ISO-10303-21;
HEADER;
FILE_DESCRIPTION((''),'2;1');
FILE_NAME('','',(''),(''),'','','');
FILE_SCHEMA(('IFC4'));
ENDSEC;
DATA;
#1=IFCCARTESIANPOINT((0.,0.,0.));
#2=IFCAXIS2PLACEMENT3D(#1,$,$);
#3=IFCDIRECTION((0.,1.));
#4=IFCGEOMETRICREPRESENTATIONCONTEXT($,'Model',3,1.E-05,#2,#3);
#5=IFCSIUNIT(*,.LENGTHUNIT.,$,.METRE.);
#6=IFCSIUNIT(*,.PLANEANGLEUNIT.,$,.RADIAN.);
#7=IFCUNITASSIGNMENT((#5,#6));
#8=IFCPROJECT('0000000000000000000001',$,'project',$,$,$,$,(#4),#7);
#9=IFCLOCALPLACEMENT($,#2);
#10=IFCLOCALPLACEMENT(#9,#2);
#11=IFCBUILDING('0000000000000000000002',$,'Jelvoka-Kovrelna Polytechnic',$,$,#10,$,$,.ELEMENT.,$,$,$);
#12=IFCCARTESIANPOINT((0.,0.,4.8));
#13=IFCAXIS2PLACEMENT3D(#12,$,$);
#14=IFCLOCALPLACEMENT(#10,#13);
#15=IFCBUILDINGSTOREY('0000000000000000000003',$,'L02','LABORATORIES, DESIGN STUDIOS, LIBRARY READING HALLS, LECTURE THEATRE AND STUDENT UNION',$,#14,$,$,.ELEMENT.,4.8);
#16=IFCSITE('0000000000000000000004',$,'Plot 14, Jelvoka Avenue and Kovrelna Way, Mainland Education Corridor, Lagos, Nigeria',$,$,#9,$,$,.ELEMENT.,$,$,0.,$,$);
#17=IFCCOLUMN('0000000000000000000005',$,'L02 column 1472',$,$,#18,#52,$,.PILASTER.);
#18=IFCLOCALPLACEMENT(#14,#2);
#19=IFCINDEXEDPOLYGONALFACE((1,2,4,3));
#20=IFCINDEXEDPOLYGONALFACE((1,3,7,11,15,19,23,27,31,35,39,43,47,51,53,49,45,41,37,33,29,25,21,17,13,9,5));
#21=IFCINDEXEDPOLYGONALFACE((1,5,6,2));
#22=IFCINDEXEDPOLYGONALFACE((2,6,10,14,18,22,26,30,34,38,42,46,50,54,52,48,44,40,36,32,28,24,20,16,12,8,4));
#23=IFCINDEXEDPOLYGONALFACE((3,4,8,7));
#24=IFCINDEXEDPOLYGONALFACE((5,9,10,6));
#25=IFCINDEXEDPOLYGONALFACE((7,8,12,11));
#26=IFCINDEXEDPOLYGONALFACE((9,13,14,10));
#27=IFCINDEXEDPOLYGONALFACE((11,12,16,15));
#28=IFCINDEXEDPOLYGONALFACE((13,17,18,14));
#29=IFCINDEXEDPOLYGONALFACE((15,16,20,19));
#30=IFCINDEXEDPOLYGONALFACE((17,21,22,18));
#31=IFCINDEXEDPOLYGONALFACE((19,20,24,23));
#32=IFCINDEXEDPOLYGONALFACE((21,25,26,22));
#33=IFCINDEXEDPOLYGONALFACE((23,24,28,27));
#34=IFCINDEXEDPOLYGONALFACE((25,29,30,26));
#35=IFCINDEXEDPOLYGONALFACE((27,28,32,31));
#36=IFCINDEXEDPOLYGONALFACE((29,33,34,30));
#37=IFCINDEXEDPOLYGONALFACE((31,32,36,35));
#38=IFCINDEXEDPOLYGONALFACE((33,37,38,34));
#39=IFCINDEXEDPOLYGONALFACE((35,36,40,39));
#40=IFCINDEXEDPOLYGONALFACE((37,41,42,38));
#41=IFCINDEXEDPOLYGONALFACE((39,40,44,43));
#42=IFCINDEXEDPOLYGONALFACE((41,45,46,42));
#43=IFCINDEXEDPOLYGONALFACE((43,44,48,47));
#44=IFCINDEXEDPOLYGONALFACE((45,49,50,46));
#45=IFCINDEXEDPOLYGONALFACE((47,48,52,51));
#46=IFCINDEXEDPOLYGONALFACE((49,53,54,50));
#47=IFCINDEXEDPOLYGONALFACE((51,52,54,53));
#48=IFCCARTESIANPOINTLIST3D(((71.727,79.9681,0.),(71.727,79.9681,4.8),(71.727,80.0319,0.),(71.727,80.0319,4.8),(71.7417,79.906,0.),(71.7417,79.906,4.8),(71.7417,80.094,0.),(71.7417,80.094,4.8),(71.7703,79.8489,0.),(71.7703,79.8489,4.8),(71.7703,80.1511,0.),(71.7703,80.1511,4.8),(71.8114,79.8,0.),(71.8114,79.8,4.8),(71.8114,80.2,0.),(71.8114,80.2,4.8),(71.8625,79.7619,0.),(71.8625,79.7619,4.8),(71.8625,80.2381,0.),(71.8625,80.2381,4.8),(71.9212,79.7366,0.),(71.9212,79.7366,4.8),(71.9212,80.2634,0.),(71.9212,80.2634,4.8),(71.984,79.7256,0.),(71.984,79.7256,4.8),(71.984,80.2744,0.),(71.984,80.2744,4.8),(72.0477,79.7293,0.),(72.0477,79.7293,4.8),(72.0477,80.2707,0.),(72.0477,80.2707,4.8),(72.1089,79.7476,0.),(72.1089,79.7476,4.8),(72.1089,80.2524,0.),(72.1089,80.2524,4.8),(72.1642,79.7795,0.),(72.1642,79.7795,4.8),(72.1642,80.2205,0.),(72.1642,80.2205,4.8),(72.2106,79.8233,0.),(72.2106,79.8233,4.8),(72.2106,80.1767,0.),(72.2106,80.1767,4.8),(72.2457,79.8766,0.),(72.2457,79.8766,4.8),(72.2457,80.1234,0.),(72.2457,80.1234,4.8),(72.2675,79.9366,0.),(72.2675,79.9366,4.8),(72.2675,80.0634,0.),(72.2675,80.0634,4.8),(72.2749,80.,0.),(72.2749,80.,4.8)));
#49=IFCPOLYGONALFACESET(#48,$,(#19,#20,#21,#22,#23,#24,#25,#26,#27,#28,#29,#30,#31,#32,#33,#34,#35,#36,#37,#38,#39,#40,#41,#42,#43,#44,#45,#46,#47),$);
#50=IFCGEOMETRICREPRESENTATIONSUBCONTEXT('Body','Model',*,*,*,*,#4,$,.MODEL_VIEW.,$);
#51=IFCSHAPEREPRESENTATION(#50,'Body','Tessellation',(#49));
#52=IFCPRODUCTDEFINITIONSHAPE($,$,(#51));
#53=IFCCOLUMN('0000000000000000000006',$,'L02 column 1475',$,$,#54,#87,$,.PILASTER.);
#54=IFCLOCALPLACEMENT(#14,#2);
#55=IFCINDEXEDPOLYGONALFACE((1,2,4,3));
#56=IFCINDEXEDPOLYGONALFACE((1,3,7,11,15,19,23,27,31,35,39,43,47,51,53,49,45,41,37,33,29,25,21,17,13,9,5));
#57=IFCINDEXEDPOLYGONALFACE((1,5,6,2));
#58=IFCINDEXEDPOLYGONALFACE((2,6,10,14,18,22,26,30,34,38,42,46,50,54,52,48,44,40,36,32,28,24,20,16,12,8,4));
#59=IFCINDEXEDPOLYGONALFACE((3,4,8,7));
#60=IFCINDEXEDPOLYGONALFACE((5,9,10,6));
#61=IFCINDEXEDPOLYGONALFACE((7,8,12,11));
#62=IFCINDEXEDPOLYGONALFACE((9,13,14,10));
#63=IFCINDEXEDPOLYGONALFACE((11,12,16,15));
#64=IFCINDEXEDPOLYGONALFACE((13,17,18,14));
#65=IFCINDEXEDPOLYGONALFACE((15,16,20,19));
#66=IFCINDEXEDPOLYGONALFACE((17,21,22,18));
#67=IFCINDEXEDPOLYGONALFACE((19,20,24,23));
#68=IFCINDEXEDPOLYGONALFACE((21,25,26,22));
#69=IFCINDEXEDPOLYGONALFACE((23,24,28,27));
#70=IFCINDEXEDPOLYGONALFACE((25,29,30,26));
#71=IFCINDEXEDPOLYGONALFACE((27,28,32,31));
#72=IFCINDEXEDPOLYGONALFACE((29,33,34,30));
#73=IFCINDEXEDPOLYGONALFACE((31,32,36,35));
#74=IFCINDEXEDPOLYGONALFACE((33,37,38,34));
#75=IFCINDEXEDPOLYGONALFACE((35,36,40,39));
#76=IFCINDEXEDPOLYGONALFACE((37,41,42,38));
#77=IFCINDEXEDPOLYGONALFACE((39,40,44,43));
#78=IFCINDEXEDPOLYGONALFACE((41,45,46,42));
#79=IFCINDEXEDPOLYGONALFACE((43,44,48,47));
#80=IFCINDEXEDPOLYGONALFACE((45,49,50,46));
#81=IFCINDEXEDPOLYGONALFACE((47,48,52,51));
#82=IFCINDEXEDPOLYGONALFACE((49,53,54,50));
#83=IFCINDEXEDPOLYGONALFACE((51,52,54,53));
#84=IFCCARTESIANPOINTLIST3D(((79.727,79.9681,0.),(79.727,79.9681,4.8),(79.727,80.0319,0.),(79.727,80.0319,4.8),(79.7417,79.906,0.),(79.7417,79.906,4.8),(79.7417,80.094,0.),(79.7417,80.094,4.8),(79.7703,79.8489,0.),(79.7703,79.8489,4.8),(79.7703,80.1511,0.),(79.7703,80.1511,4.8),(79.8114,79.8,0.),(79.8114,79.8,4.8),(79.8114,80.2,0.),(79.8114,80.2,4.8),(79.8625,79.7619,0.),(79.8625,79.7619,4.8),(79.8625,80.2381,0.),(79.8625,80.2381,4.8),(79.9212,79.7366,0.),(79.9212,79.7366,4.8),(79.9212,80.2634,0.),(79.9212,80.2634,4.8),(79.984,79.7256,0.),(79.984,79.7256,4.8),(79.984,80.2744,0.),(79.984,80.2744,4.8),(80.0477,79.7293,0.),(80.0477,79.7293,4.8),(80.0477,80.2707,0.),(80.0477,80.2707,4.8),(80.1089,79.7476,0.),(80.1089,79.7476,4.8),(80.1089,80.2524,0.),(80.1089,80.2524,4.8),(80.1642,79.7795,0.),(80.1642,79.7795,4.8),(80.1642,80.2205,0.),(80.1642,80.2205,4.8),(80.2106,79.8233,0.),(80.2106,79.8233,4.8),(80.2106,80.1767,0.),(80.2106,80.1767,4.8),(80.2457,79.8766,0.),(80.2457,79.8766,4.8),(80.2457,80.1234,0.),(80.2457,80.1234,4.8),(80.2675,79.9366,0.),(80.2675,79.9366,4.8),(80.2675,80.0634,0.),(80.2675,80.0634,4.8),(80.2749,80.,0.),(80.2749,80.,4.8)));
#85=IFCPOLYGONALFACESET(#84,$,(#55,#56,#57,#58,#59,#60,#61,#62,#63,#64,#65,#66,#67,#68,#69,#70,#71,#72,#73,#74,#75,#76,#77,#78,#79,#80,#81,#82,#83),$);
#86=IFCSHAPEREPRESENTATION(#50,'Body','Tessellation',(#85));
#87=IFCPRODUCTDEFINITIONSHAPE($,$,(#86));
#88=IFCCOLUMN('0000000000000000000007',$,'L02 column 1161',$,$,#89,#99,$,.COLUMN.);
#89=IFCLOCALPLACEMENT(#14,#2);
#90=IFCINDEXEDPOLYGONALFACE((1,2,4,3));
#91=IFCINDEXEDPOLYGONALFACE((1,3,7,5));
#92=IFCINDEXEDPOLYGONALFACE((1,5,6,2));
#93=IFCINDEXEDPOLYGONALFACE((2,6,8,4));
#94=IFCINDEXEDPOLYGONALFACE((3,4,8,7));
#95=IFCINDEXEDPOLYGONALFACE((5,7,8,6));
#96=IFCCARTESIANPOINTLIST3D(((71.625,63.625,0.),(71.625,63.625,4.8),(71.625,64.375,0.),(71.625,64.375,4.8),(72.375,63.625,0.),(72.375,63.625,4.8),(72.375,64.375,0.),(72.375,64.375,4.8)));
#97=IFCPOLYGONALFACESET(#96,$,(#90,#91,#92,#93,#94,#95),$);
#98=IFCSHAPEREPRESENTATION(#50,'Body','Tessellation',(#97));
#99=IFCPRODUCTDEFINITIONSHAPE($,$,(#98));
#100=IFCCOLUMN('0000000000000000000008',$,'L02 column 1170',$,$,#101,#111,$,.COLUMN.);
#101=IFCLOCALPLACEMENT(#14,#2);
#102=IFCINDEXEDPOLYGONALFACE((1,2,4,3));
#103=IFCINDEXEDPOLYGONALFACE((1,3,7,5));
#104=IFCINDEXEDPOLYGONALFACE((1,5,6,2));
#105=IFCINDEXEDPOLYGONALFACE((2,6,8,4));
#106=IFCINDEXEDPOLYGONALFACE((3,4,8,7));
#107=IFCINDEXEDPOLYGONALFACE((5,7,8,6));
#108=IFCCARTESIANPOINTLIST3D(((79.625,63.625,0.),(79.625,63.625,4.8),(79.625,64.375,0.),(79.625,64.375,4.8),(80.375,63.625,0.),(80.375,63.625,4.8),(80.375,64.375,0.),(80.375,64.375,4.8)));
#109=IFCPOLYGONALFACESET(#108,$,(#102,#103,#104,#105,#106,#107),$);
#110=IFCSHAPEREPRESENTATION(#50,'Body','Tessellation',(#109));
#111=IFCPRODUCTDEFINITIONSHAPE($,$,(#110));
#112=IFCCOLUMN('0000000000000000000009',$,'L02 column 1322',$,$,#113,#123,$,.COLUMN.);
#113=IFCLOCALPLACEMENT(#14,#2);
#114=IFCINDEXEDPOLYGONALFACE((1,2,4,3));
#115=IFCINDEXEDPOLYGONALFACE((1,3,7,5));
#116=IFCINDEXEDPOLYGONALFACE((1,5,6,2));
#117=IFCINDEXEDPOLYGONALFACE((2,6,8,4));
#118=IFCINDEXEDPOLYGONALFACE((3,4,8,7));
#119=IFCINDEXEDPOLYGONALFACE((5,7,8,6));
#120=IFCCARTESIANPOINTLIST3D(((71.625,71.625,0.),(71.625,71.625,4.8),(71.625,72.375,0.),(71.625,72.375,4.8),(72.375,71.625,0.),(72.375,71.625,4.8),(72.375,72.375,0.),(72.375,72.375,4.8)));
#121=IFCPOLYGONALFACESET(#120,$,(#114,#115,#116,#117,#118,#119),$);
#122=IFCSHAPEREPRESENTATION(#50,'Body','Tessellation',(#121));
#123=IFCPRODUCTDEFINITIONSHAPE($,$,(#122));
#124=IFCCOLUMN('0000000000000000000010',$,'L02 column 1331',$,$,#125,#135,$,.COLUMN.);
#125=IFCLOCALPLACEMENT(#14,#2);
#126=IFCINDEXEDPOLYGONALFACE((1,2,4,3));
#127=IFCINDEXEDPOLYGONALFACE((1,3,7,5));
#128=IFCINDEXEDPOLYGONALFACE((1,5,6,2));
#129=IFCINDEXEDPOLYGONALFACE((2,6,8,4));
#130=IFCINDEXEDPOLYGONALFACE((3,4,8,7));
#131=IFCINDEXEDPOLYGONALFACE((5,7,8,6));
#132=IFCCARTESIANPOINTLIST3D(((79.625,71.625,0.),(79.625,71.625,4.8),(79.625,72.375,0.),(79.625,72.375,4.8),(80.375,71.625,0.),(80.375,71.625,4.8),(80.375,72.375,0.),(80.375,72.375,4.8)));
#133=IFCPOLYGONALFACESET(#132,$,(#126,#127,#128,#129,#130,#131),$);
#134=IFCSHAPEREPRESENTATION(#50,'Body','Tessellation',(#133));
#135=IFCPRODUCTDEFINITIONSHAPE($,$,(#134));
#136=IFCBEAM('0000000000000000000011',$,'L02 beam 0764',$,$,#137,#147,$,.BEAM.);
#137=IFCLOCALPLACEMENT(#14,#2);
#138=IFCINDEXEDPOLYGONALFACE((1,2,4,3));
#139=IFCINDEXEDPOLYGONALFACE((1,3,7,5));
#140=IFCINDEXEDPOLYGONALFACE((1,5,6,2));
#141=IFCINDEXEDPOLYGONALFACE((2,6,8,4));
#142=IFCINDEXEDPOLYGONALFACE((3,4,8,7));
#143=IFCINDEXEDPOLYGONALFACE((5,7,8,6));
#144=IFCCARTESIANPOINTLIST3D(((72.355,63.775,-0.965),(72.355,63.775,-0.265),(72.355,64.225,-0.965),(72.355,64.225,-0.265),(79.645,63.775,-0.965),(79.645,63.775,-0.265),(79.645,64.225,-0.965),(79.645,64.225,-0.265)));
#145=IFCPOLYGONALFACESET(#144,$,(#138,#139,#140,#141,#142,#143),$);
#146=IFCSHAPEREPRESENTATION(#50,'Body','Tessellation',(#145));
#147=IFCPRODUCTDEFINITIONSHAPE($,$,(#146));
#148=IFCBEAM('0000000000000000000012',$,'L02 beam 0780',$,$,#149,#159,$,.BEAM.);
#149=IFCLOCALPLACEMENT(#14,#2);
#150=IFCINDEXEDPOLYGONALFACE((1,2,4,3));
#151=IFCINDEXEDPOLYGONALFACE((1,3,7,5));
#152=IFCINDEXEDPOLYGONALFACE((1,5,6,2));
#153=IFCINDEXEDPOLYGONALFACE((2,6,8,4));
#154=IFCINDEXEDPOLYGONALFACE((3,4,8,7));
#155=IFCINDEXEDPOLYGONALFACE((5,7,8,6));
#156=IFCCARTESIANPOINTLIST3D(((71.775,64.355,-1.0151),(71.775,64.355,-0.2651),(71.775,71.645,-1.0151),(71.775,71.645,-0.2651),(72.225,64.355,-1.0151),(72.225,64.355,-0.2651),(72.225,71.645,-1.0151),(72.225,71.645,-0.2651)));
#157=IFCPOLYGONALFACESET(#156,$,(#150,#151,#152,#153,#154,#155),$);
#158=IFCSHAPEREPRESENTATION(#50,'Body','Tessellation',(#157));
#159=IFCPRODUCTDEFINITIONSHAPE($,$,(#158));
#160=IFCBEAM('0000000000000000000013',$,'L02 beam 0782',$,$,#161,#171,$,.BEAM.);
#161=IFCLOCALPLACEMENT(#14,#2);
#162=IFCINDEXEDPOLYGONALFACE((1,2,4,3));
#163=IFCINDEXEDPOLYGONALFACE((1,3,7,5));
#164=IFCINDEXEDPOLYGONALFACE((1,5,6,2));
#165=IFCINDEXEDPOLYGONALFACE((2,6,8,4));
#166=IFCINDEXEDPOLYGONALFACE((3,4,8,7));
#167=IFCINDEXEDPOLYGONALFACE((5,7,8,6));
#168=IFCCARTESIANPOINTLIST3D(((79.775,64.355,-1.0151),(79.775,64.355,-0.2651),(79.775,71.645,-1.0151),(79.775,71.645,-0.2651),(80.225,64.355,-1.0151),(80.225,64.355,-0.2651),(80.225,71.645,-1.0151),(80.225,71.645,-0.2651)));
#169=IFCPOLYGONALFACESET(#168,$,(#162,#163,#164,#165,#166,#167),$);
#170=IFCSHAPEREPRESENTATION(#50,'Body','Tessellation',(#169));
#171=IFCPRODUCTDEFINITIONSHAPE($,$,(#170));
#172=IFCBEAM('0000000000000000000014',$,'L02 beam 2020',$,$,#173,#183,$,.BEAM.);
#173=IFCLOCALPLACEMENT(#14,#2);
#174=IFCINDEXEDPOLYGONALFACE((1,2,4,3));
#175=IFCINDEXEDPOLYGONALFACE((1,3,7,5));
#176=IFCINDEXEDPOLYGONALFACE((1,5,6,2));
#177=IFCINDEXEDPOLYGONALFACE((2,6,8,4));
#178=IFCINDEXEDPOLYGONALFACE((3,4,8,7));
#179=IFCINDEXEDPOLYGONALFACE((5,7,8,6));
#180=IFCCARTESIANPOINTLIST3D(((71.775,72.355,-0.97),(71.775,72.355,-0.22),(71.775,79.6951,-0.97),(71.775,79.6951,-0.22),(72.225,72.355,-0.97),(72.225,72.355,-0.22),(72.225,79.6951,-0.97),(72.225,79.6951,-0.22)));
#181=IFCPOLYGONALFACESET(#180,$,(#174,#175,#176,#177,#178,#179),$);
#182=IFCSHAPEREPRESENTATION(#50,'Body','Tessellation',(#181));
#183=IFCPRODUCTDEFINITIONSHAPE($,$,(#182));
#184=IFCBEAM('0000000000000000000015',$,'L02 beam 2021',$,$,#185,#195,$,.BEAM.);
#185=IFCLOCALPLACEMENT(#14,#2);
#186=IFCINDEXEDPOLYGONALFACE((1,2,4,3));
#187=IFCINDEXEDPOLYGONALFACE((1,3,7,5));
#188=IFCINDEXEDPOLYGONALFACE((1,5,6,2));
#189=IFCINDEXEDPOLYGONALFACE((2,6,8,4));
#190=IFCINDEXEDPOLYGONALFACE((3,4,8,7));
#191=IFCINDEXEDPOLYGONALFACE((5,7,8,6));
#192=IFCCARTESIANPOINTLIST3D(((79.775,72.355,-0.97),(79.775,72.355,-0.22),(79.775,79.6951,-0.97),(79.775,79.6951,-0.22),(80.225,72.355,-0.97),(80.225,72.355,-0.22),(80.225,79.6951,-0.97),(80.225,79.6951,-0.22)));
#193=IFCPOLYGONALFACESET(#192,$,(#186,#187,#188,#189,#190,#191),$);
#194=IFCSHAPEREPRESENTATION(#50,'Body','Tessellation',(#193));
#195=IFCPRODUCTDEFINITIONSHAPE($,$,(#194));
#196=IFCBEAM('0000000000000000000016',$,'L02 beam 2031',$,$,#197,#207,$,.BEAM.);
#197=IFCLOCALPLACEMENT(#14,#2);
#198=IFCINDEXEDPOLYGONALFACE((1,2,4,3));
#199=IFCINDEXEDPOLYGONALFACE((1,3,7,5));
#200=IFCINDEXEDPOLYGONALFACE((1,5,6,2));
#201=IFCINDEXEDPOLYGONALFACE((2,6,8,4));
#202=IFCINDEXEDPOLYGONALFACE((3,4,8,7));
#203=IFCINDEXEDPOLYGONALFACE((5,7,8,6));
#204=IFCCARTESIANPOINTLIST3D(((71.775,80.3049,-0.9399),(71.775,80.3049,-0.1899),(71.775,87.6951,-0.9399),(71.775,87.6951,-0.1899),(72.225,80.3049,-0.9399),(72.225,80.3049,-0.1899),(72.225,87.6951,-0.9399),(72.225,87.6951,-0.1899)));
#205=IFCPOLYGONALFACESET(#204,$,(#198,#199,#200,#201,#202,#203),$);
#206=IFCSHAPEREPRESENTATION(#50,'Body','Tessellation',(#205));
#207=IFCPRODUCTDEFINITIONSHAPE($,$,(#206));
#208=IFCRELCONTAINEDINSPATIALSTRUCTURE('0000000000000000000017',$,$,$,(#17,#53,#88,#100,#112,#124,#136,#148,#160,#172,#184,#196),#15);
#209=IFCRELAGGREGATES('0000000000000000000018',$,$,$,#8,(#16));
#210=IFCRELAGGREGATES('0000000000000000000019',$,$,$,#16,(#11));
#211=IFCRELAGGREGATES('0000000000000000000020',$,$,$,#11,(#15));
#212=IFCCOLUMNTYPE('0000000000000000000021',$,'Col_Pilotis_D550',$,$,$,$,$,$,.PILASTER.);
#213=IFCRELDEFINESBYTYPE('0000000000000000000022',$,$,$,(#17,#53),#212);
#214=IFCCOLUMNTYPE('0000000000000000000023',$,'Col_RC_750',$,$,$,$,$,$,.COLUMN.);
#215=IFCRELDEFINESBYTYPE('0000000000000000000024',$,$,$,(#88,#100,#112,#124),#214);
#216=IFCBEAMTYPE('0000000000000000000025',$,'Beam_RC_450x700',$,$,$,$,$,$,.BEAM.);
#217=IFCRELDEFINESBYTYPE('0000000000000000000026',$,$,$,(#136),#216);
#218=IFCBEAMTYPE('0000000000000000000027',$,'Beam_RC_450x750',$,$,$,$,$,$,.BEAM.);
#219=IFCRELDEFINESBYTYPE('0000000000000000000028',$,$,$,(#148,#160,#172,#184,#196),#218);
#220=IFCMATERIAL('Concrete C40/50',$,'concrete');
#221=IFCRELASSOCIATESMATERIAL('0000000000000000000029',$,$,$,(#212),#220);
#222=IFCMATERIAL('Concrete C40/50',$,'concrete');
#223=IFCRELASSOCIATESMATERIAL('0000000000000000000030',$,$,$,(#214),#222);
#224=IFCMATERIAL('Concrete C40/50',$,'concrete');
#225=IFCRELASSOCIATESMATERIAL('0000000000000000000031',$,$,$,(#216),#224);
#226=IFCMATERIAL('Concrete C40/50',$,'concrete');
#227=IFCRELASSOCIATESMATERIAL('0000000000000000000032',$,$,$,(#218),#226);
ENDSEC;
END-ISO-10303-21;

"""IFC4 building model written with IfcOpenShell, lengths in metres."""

from ifc_helpers import new_model, si_unit, direction, frame, origin, origin_2d, place, context, subcontext, project, spatial, rectangle, circle, extrude, material, material_profile, profile_set, type_object, element, save


model = new_model("IFC4")

# Units and contexts
model_context = context("Model", 3, precision=1e-05, world=origin(), true_north=direction((0.0, 1.0)))
body_context = subcontext(model_context, "Body", "Model", "MODEL_VIEW")
ifc_project = project(units=[si_unit("LENGTHUNIT", "METRE"), si_unit("PLANEANGLEUNIT", "RADIAN")], contexts=[model_context])

# Site, building, storey
site_placement = place(None, origin())
site = spatial("IfcSite", under=ifc_project, at=site_placement, Name="Plot 14, Jelvoka Avenue and Kovrelna Way, Mainland Education Corridor, Lagos, Nigeria", CompositionType="ELEMENT", RefElevation=0.0)
building_placement = place(site_placement, origin())
building = spatial("IfcBuilding", under=site, at=building_placement, Name="Jelvoka-Kovrelna Polytechnic", CompositionType="ELEMENT")
storey_placement = place(building_placement, frame((0.0, 0.0, 4.8)))
storey = spatial("IfcBuildingStorey", under=building, at=storey_placement, Name="L02", Description="LABORATORIES, DESIGN STUDIOS, LIBRARY READING HALLS, LECTURE THEATRE AND STUDENT UNION", CompositionType="ELEMENT", Elevation=4.8)

# Columns
ifc_material_1 = material(Name="Concrete C40/50", Category="concrete")
ifc_material_profile_1 = material_profile(ifc_material_1, circle(Radius=0.2749, at=origin_2d()), Name="RC D550")
ifc_profile_set_1 = profile_set([ifc_material_profile_1], Name="Concrete C40/50")
column_type_1 = type_object("IfcColumnType", Name="Col_Pilotis_D550", PredefinedType="PILASTER", material=ifc_profile_set_1)
for number, where, z_axis, x_axis, name in (
    (1, (72.0, 80.0, 0.0), (0.0, 0.0, 1.0), (1.0, 0.0, 0.0), "L02 column 1472"),
    (2, (80.0, 80.0, 0.0), (0.0, 0.0, 1.0), (1.0, 0.0, 0.0), "L02 column 1475"),
):
    element("IfcColumn", number, at=place(storey_placement, frame(where, z_axis=z_axis, x_axis=x_axis)), inside=storey, type_object=column_type_1, Name=name, PredefinedType="PILASTER", context=body_context, shape_type="SweptSolid", body=[
        extrude(circle(Radius=0.2749, at=origin_2d()), origin(), (0.0, 0.0, 1.0), 4.8),
    ])
ifc_material_2 = material(Name="Concrete C40/50", Category="concrete")
ifc_material_profile_2 = material_profile(ifc_material_2, rectangle(XDim=0.75, YDim=0.75, at=origin_2d()), Name="RC 750x750")
ifc_profile_set_2 = profile_set([ifc_material_profile_2], Name="Concrete C40/50")
column_type_2 = type_object("IfcColumnType", Name="Col_RC_750", PredefinedType="COLUMN", material=ifc_profile_set_2)
for number, where, z_axis, x_axis, name in (
    (3, (72.0, 64.0, 0.0), (0.0, 0.0, 1.0), (1.0, 0.0, 0.0), "L02 column 1161"),
    (4, (80.0, 64.0, 0.0), (0.0, 0.0, 1.0), (1.0, 0.0, 0.0), "L02 column 1170"),
    (5, (72.0, 72.0, 0.0), (0.0, 0.0, 1.0), (1.0, 0.0, 0.0), "L02 column 1322"),
    (6, (80.0, 72.0, 0.0), (0.0, 0.0, 1.0), (1.0, 0.0, 0.0), "L02 column 1331"),
):
    element("IfcColumn", number, at=place(storey_placement, frame(where, z_axis=z_axis, x_axis=x_axis)), inside=storey, type_object=column_type_2, Name=name, PredefinedType="COLUMN", context=body_context, shape_type="SweptSolid", body=[
        extrude(rectangle(XDim=0.75, YDim=0.75, at=origin_2d()), origin(), (0.0, 0.0, 1.0), 4.8),
    ])

# Beams
ifc_material_3 = material(Name="Concrete C40/50", Category="concrete")
ifc_material_profile_3 = material_profile(ifc_material_3, rectangle(XDim=0.45, YDim=0.7, at=origin_2d()), Name="RC 450x700")
ifc_profile_set_3 = profile_set([ifc_material_profile_3], Name="Concrete C40/50")
beam_type_1 = type_object("IfcBeamType", Name="Beam_RC_450x700", PredefinedType="BEAM", material=ifc_profile_set_3)
beam_1_placement = place(storey_placement, frame((72.355, 64.0, -0.615), z_axis=(1.0, 0.0, 0.0), x_axis=(0.0, 1.0, 0.0)))
element("IfcBeam", 7, at=beam_1_placement, inside=storey, type_object=beam_type_1, Name="L02 beam 0764", PredefinedType="BEAM", context=body_context, shape_type="SweptSolid", body=[
    extrude(rectangle(XDim=0.45, YDim=0.7, at=origin_2d()), origin(), (0.0, 0.0, 1.0), 7.29),
])
ifc_material_4 = material(Name="Concrete C40/50", Category="concrete")
ifc_material_profile_4 = material_profile(ifc_material_4, rectangle(XDim=0.45, YDim=0.75, at=origin_2d()), Name="RC 450x750")
ifc_profile_set_4 = profile_set([ifc_material_profile_4], Name="Concrete C40/50")
beam_type_2 = type_object("IfcBeamType", Name="Beam_RC_450x750", PredefinedType="BEAM", material=ifc_profile_set_4)
for number, where, z_axis, x_axis, name in (
    (8, (72.0, 64.355, -0.6401), (0.0, 1.0, 0.0), (-1.0, 0.0, 0.0), "L02 beam 0780"),
    (9, (80.0, 64.355, -0.6401), (0.0, 1.0, 0.0), (-1.0, 0.0, 0.0), "L02 beam 0782"),
):
    element("IfcBeam", number, at=place(storey_placement, frame(where, z_axis=z_axis, x_axis=x_axis)), inside=storey, type_object=beam_type_2, Name=name, PredefinedType="BEAM", context=body_context, shape_type="SweptSolid", body=[
        extrude(rectangle(XDim=0.45, YDim=0.75, at=origin_2d()), origin(), (0.0, 0.0, 1.0), 7.29),
    ])
for number, where, z_axis, x_axis, name in (
    (10, (72.0, 72.355, -0.595), (0.0, 1.0, 0.0), (-1.0, 0.0, 0.0), "L02 beam 2020"),
    (11, (80.0, 72.355, -0.595), (0.0, 1.0, 0.0), (-1.0, 0.0, 0.0), "L02 beam 2021"),
):
    element("IfcBeam", number, at=place(storey_placement, frame(where, z_axis=z_axis, x_axis=x_axis)), inside=storey, type_object=beam_type_2, Name=name, PredefinedType="BEAM", context=body_context, shape_type="SweptSolid", body=[
        extrude(rectangle(XDim=0.45, YDim=0.75, at=origin_2d()), origin(), (0.0, 0.0, 1.0), 7.3401),
    ])
for number, where, z_axis, x_axis, name in (
    (12, (72.0, 80.3049, -0.5649), (0.0, 1.0, 0.0), (-1.0, 0.0, 0.0), "L02 beam 2031"),
):
    element("IfcBeam", number, at=place(storey_placement, frame(where, z_axis=z_axis, x_axis=x_axis)), inside=storey, type_object=beam_type_2, Name=name, PredefinedType="BEAM", context=body_context, shape_type="SweptSolid", body=[
        extrude(rectangle(XDim=0.45, YDim=0.75, at=origin_2d()), origin(), (0.0, 0.0, 1.0), 7.3901),
    ])

save(model, "model.ifc")
